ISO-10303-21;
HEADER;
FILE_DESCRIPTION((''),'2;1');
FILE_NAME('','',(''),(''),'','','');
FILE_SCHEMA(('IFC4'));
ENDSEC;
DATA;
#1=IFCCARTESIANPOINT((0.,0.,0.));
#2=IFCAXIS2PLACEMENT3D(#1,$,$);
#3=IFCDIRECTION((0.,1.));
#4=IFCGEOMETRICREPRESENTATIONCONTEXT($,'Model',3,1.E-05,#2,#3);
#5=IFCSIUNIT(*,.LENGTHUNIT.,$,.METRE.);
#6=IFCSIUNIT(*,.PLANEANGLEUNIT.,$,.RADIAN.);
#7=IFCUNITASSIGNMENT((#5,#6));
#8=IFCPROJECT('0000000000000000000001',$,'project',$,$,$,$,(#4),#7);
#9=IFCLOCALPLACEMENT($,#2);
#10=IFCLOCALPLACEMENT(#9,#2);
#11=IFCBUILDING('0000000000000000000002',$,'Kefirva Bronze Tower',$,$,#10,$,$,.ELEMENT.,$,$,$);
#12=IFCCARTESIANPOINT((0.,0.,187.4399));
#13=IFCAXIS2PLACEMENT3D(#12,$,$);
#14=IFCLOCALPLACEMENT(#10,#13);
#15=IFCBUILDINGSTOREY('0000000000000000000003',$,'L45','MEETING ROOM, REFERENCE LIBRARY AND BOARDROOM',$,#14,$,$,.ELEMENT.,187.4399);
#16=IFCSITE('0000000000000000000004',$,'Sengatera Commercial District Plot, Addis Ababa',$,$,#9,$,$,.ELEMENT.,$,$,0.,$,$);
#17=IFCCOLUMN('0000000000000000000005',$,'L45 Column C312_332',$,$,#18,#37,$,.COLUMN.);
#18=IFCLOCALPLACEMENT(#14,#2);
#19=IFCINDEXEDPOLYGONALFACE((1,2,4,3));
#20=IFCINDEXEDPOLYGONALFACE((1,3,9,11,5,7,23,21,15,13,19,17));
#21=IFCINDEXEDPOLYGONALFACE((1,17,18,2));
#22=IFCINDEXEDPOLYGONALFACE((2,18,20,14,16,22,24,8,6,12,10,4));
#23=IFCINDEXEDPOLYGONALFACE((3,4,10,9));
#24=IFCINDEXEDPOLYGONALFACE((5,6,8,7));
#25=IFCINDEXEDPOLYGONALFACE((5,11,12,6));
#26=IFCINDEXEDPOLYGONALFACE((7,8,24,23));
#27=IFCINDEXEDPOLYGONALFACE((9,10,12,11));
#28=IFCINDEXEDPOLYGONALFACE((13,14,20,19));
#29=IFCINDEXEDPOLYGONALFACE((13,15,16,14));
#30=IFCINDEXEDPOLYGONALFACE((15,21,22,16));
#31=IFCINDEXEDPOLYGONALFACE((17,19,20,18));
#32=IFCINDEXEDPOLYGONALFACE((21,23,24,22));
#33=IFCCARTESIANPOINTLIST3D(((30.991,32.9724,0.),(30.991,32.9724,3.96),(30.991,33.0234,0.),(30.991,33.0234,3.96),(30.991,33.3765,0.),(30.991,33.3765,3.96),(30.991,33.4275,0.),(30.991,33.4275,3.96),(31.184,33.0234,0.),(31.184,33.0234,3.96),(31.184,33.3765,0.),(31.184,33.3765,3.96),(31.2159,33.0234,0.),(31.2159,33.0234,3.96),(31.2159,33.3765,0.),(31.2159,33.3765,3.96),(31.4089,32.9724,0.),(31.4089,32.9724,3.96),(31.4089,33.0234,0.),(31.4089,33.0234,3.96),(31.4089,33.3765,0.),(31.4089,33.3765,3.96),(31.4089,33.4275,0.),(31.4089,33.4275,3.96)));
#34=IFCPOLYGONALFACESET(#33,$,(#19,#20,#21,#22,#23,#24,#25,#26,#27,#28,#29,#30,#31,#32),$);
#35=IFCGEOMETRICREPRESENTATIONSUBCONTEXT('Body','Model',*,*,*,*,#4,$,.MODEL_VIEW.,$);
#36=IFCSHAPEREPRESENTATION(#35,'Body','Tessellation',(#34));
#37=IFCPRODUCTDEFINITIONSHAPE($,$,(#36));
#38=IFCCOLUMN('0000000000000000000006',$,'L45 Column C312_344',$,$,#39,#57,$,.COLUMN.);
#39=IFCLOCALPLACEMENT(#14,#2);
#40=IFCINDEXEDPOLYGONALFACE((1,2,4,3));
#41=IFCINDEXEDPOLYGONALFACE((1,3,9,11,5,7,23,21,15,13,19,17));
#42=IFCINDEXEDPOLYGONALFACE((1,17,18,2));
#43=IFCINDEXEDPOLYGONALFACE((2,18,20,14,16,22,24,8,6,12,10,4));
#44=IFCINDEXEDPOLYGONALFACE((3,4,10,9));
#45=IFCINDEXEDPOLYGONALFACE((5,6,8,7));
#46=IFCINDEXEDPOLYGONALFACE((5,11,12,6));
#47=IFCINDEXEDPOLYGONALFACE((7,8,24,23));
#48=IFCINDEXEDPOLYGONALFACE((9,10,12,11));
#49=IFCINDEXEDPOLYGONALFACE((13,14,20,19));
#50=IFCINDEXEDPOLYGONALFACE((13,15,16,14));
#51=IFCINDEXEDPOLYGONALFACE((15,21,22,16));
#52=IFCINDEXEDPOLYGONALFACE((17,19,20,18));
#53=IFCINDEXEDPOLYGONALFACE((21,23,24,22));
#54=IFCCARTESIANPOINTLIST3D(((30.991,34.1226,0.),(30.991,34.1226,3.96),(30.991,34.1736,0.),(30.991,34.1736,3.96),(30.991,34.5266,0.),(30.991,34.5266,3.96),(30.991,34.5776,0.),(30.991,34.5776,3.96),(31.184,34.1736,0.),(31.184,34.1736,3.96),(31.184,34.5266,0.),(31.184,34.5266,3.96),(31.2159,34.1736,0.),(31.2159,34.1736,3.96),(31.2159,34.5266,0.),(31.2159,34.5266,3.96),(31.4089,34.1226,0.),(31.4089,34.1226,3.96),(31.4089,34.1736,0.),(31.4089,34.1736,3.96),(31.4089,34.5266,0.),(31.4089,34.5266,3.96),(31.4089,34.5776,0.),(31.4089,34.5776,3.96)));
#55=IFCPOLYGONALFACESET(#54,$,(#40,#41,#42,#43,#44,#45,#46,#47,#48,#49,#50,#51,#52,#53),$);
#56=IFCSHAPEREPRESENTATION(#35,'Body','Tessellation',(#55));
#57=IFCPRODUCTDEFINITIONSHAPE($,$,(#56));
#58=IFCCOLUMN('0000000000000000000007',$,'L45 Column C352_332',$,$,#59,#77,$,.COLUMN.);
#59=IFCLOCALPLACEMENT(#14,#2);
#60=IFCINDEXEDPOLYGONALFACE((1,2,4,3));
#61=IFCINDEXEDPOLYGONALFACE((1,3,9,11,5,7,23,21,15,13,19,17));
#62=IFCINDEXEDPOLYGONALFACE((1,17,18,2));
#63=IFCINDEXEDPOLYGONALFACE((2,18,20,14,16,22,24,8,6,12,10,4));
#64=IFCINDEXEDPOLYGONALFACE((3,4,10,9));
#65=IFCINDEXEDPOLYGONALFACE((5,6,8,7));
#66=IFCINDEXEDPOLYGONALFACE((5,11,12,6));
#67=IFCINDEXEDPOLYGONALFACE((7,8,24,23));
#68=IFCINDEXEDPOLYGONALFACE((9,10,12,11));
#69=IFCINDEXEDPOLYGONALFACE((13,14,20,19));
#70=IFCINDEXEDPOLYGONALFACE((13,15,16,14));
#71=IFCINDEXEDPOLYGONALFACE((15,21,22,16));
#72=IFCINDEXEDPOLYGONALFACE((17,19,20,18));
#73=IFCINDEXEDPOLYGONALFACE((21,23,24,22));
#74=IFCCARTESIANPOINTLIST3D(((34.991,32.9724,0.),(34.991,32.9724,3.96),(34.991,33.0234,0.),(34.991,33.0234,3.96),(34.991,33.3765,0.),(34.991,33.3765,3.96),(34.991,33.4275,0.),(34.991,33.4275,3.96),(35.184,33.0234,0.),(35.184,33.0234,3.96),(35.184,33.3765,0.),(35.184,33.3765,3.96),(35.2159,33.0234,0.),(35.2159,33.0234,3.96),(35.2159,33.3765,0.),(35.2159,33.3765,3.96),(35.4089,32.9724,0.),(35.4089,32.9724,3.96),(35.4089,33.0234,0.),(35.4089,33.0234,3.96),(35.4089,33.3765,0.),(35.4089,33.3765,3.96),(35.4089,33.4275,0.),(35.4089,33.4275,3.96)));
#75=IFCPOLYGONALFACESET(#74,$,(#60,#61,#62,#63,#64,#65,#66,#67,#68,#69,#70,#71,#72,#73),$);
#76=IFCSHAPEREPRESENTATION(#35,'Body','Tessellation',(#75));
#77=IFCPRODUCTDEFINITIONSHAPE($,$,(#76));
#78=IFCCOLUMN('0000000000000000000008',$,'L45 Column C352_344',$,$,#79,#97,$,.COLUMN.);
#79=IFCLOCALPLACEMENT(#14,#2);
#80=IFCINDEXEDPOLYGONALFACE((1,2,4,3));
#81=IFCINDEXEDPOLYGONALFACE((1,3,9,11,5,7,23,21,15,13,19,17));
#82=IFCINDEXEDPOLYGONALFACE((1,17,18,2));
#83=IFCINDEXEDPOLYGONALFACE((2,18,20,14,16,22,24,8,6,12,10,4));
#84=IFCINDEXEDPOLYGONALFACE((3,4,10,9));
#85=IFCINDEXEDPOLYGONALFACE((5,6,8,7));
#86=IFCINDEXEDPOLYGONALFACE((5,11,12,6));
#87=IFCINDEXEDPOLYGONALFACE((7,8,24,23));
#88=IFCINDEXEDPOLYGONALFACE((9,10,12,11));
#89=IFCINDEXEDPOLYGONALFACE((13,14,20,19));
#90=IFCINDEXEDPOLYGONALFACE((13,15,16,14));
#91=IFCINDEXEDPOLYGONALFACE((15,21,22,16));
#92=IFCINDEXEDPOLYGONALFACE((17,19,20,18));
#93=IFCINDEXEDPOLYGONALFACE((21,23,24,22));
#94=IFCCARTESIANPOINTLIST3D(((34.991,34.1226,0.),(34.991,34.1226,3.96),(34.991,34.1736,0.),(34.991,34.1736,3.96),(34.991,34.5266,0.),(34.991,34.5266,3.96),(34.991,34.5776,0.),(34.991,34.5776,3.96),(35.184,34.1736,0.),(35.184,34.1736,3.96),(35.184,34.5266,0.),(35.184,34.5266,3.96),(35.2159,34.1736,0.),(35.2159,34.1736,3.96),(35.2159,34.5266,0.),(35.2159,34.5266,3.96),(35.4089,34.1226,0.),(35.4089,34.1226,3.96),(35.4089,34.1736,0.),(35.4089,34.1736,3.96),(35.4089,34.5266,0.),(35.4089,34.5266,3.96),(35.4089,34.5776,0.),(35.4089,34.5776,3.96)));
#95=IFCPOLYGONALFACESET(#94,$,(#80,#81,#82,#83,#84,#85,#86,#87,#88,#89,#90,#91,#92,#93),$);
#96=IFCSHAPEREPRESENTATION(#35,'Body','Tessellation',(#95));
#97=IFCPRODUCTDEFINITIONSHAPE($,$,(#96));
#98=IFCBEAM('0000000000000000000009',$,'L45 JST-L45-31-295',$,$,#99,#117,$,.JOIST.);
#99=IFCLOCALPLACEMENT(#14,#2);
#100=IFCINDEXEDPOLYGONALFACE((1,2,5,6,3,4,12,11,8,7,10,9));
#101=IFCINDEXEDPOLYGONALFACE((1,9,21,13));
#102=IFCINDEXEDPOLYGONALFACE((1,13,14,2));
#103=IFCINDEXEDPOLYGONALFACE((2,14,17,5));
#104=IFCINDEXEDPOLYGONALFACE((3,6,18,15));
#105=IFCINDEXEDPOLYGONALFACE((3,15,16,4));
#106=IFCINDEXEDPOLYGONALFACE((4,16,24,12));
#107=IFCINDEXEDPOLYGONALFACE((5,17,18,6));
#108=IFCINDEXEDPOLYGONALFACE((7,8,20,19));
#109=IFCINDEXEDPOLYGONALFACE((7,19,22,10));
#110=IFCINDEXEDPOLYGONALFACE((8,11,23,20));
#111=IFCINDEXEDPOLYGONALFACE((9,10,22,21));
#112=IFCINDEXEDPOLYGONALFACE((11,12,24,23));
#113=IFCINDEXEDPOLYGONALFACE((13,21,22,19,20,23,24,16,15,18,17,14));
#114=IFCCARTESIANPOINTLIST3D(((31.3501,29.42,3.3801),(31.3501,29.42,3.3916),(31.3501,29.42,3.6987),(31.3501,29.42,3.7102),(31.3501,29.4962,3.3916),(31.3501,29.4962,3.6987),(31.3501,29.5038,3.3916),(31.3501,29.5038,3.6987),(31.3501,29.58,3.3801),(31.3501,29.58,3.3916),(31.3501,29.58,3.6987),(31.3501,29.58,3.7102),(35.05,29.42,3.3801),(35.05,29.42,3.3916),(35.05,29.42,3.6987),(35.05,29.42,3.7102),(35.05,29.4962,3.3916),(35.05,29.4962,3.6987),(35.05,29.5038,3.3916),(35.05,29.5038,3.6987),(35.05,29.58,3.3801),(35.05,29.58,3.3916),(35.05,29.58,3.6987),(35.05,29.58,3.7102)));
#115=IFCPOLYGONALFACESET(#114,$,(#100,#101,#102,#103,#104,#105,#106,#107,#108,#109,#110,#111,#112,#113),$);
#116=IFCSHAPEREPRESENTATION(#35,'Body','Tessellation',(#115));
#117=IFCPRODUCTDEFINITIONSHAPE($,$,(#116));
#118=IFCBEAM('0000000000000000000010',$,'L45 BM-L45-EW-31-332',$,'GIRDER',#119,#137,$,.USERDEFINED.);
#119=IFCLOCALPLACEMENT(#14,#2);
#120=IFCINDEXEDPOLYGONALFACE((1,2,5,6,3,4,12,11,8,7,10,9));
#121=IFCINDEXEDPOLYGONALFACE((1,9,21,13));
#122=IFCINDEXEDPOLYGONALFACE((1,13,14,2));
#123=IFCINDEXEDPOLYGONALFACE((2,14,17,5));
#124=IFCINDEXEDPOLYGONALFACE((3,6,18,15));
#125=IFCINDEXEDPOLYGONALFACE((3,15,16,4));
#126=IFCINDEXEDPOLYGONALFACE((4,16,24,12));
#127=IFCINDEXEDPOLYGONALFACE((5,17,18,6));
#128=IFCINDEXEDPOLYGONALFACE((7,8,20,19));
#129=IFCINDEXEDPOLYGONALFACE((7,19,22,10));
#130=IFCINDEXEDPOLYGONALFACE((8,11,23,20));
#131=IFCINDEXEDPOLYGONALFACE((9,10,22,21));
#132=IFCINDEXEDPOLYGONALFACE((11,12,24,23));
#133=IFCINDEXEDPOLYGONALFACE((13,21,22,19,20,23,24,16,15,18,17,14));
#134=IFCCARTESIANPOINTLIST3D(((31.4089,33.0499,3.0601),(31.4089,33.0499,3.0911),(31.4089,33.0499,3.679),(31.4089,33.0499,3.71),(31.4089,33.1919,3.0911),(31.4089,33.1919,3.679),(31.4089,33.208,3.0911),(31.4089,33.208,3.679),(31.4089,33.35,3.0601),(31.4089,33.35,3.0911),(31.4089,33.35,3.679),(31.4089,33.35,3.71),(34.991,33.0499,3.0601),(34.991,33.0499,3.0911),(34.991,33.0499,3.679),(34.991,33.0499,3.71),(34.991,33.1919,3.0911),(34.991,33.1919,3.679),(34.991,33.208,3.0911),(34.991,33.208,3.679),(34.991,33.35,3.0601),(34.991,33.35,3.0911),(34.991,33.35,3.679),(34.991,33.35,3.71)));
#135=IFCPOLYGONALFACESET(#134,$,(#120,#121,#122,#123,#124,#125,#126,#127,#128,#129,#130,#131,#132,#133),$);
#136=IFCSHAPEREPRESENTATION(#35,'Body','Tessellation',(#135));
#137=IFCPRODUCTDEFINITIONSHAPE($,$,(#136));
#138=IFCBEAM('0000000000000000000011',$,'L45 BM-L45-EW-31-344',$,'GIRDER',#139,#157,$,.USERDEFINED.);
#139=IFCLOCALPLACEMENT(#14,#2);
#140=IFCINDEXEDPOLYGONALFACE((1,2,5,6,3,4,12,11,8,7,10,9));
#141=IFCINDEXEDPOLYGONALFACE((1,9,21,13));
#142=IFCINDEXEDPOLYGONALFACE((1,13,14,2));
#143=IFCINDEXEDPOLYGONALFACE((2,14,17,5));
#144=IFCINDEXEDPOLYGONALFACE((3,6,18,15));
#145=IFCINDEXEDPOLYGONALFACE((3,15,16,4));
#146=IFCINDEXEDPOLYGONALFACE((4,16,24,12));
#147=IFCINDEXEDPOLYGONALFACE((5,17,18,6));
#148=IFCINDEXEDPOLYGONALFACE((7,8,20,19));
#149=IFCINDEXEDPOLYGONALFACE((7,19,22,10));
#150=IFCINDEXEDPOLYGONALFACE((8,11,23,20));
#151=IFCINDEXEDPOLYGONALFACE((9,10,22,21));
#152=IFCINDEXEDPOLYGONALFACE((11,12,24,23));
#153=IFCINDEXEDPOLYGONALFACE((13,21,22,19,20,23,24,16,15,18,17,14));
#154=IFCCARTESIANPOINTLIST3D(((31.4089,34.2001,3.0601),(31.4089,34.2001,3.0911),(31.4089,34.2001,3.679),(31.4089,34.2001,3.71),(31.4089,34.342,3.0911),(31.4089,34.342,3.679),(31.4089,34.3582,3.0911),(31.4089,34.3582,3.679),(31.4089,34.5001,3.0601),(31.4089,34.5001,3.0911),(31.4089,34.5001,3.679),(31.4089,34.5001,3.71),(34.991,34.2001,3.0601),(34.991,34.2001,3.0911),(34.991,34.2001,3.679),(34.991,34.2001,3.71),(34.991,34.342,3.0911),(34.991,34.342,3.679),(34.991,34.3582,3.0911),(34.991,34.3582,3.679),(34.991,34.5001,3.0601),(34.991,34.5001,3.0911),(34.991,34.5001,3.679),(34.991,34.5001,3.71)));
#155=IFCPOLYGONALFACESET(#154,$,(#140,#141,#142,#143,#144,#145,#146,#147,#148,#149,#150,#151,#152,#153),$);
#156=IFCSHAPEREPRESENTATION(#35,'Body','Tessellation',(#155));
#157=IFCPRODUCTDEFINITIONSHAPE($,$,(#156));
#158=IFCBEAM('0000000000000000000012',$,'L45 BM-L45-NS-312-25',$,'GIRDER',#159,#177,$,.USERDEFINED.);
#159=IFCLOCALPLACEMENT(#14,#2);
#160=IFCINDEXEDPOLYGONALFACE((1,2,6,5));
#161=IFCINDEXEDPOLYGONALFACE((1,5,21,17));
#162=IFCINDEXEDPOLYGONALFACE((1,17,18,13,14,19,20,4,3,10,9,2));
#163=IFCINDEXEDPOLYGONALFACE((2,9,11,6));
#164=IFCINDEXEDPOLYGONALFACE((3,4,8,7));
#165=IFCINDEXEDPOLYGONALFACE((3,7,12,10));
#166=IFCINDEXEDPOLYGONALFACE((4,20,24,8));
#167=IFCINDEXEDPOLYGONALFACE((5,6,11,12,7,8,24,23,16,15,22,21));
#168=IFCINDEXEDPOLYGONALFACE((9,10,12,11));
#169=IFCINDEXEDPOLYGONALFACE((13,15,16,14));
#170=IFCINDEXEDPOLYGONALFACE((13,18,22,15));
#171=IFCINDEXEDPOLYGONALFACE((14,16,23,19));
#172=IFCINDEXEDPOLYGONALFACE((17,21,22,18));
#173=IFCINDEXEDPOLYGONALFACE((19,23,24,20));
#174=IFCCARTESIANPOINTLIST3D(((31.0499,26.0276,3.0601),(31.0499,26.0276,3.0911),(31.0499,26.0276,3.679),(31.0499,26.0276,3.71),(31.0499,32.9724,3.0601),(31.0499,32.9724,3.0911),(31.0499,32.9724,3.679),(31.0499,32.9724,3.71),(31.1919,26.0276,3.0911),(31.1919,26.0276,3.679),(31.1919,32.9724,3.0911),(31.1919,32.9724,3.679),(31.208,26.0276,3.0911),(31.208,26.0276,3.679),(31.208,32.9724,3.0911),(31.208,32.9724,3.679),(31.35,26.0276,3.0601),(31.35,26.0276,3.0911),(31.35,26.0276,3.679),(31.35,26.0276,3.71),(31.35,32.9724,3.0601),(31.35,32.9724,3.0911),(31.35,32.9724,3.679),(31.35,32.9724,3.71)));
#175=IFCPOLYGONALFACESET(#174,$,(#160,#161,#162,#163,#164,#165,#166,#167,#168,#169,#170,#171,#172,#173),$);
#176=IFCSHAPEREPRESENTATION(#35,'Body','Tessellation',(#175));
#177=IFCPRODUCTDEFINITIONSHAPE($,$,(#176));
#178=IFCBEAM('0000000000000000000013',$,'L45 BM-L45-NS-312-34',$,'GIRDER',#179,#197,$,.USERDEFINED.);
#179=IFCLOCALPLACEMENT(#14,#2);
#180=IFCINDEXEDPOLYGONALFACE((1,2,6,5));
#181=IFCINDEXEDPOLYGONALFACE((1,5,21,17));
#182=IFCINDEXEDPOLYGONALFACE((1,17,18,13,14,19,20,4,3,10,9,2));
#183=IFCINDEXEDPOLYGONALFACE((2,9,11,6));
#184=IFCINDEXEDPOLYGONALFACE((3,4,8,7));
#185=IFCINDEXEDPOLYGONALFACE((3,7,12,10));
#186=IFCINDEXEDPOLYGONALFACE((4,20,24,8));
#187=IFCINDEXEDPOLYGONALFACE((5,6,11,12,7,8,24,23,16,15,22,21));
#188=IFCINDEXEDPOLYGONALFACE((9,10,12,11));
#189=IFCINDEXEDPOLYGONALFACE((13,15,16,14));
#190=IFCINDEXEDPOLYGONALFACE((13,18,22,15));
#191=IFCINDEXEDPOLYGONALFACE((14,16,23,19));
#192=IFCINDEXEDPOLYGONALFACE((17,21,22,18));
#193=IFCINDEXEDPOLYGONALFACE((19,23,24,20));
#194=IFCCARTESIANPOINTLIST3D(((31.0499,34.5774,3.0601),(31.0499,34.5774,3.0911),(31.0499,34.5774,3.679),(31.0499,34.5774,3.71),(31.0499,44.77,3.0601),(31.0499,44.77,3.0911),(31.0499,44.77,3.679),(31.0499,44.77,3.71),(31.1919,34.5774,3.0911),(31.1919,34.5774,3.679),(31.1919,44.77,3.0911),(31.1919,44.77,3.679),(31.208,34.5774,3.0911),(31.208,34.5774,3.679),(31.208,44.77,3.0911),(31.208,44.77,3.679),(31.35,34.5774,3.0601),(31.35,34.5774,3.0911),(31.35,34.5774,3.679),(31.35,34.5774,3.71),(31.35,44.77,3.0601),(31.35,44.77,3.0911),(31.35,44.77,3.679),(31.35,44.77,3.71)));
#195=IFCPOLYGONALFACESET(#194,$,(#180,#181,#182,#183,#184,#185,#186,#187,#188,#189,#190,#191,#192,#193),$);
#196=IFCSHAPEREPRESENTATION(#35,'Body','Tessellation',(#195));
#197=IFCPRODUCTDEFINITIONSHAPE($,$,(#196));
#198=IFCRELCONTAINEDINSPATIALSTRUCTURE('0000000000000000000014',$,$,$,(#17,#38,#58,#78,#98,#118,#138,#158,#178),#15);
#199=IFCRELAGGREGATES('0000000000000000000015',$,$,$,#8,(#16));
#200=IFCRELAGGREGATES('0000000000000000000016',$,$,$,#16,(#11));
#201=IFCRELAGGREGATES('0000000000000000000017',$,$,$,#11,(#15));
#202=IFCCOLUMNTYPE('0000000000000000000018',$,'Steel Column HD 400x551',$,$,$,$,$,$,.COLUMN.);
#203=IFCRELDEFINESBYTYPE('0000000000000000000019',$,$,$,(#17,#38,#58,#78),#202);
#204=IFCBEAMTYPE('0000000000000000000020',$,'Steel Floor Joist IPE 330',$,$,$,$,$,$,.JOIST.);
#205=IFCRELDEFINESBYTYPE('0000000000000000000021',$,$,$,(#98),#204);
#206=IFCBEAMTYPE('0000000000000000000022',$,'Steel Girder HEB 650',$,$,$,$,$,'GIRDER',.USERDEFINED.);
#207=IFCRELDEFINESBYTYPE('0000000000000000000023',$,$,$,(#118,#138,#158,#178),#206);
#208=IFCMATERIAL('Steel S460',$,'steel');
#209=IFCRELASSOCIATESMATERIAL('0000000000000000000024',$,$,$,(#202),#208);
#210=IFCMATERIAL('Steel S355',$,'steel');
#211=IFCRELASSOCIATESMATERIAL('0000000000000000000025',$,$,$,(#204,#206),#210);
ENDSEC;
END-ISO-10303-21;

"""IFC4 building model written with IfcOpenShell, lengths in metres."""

from ifc_helpers import new_model, si_unit, direction, frame, origin, origin_2d, place, context, subcontext, project, spatial, i_section, extrude, material, material_profile, profile_set, type_object, element, save


model = new_model("IFC4")

# Units and contexts
model_context = context("Model", 3, precision=1e-05, world=origin(), true_north=direction((0.0, 1.0)))
body_context = subcontext(model_context, "Body", "Model", "MODEL_VIEW")
ifc_project = project(units=[si_unit("LENGTHUNIT", "METRE"), si_unit("PLANEANGLEUNIT", "RADIAN")], contexts=[model_context])

# Site, building, storey
site_placement = place(None, origin())
site = spatial("IfcSite", under=ifc_project, at=site_placement, Name="Sengatera Commercial District Plot, Addis Ababa", CompositionType="ELEMENT", RefElevation=0.0)
building_placement = place(site_placement, origin())
building = spatial("IfcBuilding", under=site, at=building_placement, Name="Kefirva Bronze Tower", CompositionType="ELEMENT")
storey_placement = place(building_placement, frame((0.0, 0.0, 187.4399)))
storey = spatial("IfcBuildingStorey", under=building, at=storey_placement, Name="L45", Description="MEETING ROOM, REFERENCE LIBRARY AND BOARDROOM", CompositionType="ELEMENT", Elevation=187.4399)

# Columns
ifc_material_1 = material(Name="Steel S460", Category="steel")
ifc_material_profile_1 = material_profile(ifc_material_1, i_section(OverallWidth=0.418, OverallDepth=0.4551, WebThickness=0.032, FlangeThickness=0.051, at=origin_2d()), Name="HD 400x551")
ifc_profile_set_1 = profile_set([ifc_material_profile_1], Name="Steel S460")
column_type = type_object("IfcColumnType", Name="Steel Column HD 400x551", PredefinedType="COLUMN", material=ifc_profile_set_1)
for number, where, z_axis, x_axis, name in (
    (1, (31.2, 33.2, 0.0), (0.0, 0.0, 1.0), (1.0, 0.0, 0.0), "L45 Column C312_332"),
    (2, (31.2, 34.3501, 0.0), (0.0, 0.0, 1.0), (1.0, 0.0, 0.0), "L45 Column C312_344"),
    (3, (35.2, 33.2, 0.0), (0.0, 0.0, 1.0), (1.0, 0.0, 0.0), "L45 Column C352_332"),
    (4, (35.2, 34.3501, 0.0), (0.0, 0.0, 1.0), (1.0, 0.0, 0.0), "L45 Column C352_344"),
):
    element("IfcColumn", number, at=place(storey_placement, frame(where, z_axis=z_axis, x_axis=x_axis)), inside=storey, type_object=column_type, Name=name, PredefinedType="COLUMN", context=body_context, shape_type="SweptSolid", body=[
        extrude(i_section(OverallWidth=0.418, OverallDepth=0.4551, WebThickness=0.032, FlangeThickness=0.051, at=origin_2d()), origin(), (0.0, 0.0, 1.0), 3.96),
    ])

# Beams
ifc_material_2 = material(Name="Steel S355", Category="steel")
ifc_material_profile_2 = material_profile(ifc_material_2, i_section(OverallWidth=0.1599, OverallDepth=0.3301, WebThickness=0.0076, FlangeThickness=0.0115, at=origin_2d()), Name="IPE 330")
ifc_profile_set_2 = profile_set([ifc_material_profile_2], Name="Steel S355")
beam_type_1 = type_object("IfcBeamType", Name="Steel Floor Joist IPE 330", PredefinedType="JOIST", material=ifc_profile_set_2)
beam_1_placement = place(storey_placement, frame((31.3501, 29.5, 3.5452), z_axis=(1.0, 0.0, 0.0), x_axis=(0.0, 1.0, 0.0)))
element("IfcBeam", 5, at=beam_1_placement, inside=storey, type_object=beam_type_1, Name="L45 JST-L45-31-295", PredefinedType="JOIST", context=body_context, shape_type="SweptSolid", body=[
    extrude(i_section(OverallWidth=0.1599, OverallDepth=0.3301, WebThickness=0.0076, FlangeThickness=0.0115, at=origin_2d()), origin(), (0.0, 0.0, 1.0), 3.7),
])
ifc_material_profile_3 = material_profile(ifc_material_2, i_section(OverallWidth=0.3, OverallDepth=0.6499, WebThickness=0.0161, FlangeThickness=0.031, at=origin_2d()), Name="HEB 650")
ifc_profile_set_3 = profile_set([ifc_material_profile_3], Name="Steel S355")
beam_type_2 = type_object("IfcBeamType", Name="Steel Girder HEB 650", ElementType="GIRDER", PredefinedType="USERDEFINED", material=ifc_profile_set_3)
for number, where, z_axis, x_axis, name in (
    (6, (31.4089, 33.2, 3.385), (1.0, 0.0, 0.0), (0.0, 1.0, 0.0), "L45 BM-L45-EW-31-332"),
    (7, (31.4089, 34.3501, 3.385), (1.0, 0.0, 0.0), (0.0, 1.0, 0.0), "L45 BM-L45-EW-31-344"),
):
    element("IfcBeam", number, at=place(storey_placement, frame(where, z_axis=z_axis, x_axis=x_axis)), inside=storey, type_object=beam_type_2, Name=name, ObjectType="GIRDER", PredefinedType="USERDEFINED", context=body_context, shape_type="SweptSolid", body=[
        extrude(i_section(OverallWidth=0.3, OverallDepth=0.6499, WebThickness=0.0161, FlangeThickness=0.031, at=origin_2d()), origin(), (0.0, 0.0, 1.0), 3.582),
    ])
beam_2_placement = place(storey_placement, frame((31.2, 26.0276, 3.385), z_axis=(0.0, 1.0, 0.0), x_axis=(-1.0, 0.0, 0.0)))
element("IfcBeam", 8, at=beam_2_placement, inside=storey, type_object=beam_type_2, Name="L45 BM-L45-NS-312-25", ObjectType="GIRDER", PredefinedType="USERDEFINED", context=body_context, shape_type="SweptSolid", body=[
    extrude(i_section(OverallWidth=0.3, OverallDepth=0.6499, WebThickness=0.0161, FlangeThickness=0.031, at=origin_2d()), origin(), (0.0, 0.0, 1.0), 6.9448),
])
beam_3_placement = place(storey_placement, frame((31.2, 34.5774, 3.385), z_axis=(0.0, 1.0, 0.0), x_axis=(-1.0, 0.0, 0.0)))
element("IfcBeam", 9, at=beam_3_placement, inside=storey, type_object=beam_type_2, Name="L45 BM-L45-NS-312-34", ObjectType="GIRDER", PredefinedType="USERDEFINED", context=body_context, shape_type="SweptSolid", body=[
    extrude(i_section(OverallWidth=0.3, OverallDepth=0.6499, WebThickness=0.0161, FlangeThickness=0.031, at=origin_2d()), origin(), (0.0, 0.0, 1.0), 10.1926),
])

save(model, "model.ifc")
